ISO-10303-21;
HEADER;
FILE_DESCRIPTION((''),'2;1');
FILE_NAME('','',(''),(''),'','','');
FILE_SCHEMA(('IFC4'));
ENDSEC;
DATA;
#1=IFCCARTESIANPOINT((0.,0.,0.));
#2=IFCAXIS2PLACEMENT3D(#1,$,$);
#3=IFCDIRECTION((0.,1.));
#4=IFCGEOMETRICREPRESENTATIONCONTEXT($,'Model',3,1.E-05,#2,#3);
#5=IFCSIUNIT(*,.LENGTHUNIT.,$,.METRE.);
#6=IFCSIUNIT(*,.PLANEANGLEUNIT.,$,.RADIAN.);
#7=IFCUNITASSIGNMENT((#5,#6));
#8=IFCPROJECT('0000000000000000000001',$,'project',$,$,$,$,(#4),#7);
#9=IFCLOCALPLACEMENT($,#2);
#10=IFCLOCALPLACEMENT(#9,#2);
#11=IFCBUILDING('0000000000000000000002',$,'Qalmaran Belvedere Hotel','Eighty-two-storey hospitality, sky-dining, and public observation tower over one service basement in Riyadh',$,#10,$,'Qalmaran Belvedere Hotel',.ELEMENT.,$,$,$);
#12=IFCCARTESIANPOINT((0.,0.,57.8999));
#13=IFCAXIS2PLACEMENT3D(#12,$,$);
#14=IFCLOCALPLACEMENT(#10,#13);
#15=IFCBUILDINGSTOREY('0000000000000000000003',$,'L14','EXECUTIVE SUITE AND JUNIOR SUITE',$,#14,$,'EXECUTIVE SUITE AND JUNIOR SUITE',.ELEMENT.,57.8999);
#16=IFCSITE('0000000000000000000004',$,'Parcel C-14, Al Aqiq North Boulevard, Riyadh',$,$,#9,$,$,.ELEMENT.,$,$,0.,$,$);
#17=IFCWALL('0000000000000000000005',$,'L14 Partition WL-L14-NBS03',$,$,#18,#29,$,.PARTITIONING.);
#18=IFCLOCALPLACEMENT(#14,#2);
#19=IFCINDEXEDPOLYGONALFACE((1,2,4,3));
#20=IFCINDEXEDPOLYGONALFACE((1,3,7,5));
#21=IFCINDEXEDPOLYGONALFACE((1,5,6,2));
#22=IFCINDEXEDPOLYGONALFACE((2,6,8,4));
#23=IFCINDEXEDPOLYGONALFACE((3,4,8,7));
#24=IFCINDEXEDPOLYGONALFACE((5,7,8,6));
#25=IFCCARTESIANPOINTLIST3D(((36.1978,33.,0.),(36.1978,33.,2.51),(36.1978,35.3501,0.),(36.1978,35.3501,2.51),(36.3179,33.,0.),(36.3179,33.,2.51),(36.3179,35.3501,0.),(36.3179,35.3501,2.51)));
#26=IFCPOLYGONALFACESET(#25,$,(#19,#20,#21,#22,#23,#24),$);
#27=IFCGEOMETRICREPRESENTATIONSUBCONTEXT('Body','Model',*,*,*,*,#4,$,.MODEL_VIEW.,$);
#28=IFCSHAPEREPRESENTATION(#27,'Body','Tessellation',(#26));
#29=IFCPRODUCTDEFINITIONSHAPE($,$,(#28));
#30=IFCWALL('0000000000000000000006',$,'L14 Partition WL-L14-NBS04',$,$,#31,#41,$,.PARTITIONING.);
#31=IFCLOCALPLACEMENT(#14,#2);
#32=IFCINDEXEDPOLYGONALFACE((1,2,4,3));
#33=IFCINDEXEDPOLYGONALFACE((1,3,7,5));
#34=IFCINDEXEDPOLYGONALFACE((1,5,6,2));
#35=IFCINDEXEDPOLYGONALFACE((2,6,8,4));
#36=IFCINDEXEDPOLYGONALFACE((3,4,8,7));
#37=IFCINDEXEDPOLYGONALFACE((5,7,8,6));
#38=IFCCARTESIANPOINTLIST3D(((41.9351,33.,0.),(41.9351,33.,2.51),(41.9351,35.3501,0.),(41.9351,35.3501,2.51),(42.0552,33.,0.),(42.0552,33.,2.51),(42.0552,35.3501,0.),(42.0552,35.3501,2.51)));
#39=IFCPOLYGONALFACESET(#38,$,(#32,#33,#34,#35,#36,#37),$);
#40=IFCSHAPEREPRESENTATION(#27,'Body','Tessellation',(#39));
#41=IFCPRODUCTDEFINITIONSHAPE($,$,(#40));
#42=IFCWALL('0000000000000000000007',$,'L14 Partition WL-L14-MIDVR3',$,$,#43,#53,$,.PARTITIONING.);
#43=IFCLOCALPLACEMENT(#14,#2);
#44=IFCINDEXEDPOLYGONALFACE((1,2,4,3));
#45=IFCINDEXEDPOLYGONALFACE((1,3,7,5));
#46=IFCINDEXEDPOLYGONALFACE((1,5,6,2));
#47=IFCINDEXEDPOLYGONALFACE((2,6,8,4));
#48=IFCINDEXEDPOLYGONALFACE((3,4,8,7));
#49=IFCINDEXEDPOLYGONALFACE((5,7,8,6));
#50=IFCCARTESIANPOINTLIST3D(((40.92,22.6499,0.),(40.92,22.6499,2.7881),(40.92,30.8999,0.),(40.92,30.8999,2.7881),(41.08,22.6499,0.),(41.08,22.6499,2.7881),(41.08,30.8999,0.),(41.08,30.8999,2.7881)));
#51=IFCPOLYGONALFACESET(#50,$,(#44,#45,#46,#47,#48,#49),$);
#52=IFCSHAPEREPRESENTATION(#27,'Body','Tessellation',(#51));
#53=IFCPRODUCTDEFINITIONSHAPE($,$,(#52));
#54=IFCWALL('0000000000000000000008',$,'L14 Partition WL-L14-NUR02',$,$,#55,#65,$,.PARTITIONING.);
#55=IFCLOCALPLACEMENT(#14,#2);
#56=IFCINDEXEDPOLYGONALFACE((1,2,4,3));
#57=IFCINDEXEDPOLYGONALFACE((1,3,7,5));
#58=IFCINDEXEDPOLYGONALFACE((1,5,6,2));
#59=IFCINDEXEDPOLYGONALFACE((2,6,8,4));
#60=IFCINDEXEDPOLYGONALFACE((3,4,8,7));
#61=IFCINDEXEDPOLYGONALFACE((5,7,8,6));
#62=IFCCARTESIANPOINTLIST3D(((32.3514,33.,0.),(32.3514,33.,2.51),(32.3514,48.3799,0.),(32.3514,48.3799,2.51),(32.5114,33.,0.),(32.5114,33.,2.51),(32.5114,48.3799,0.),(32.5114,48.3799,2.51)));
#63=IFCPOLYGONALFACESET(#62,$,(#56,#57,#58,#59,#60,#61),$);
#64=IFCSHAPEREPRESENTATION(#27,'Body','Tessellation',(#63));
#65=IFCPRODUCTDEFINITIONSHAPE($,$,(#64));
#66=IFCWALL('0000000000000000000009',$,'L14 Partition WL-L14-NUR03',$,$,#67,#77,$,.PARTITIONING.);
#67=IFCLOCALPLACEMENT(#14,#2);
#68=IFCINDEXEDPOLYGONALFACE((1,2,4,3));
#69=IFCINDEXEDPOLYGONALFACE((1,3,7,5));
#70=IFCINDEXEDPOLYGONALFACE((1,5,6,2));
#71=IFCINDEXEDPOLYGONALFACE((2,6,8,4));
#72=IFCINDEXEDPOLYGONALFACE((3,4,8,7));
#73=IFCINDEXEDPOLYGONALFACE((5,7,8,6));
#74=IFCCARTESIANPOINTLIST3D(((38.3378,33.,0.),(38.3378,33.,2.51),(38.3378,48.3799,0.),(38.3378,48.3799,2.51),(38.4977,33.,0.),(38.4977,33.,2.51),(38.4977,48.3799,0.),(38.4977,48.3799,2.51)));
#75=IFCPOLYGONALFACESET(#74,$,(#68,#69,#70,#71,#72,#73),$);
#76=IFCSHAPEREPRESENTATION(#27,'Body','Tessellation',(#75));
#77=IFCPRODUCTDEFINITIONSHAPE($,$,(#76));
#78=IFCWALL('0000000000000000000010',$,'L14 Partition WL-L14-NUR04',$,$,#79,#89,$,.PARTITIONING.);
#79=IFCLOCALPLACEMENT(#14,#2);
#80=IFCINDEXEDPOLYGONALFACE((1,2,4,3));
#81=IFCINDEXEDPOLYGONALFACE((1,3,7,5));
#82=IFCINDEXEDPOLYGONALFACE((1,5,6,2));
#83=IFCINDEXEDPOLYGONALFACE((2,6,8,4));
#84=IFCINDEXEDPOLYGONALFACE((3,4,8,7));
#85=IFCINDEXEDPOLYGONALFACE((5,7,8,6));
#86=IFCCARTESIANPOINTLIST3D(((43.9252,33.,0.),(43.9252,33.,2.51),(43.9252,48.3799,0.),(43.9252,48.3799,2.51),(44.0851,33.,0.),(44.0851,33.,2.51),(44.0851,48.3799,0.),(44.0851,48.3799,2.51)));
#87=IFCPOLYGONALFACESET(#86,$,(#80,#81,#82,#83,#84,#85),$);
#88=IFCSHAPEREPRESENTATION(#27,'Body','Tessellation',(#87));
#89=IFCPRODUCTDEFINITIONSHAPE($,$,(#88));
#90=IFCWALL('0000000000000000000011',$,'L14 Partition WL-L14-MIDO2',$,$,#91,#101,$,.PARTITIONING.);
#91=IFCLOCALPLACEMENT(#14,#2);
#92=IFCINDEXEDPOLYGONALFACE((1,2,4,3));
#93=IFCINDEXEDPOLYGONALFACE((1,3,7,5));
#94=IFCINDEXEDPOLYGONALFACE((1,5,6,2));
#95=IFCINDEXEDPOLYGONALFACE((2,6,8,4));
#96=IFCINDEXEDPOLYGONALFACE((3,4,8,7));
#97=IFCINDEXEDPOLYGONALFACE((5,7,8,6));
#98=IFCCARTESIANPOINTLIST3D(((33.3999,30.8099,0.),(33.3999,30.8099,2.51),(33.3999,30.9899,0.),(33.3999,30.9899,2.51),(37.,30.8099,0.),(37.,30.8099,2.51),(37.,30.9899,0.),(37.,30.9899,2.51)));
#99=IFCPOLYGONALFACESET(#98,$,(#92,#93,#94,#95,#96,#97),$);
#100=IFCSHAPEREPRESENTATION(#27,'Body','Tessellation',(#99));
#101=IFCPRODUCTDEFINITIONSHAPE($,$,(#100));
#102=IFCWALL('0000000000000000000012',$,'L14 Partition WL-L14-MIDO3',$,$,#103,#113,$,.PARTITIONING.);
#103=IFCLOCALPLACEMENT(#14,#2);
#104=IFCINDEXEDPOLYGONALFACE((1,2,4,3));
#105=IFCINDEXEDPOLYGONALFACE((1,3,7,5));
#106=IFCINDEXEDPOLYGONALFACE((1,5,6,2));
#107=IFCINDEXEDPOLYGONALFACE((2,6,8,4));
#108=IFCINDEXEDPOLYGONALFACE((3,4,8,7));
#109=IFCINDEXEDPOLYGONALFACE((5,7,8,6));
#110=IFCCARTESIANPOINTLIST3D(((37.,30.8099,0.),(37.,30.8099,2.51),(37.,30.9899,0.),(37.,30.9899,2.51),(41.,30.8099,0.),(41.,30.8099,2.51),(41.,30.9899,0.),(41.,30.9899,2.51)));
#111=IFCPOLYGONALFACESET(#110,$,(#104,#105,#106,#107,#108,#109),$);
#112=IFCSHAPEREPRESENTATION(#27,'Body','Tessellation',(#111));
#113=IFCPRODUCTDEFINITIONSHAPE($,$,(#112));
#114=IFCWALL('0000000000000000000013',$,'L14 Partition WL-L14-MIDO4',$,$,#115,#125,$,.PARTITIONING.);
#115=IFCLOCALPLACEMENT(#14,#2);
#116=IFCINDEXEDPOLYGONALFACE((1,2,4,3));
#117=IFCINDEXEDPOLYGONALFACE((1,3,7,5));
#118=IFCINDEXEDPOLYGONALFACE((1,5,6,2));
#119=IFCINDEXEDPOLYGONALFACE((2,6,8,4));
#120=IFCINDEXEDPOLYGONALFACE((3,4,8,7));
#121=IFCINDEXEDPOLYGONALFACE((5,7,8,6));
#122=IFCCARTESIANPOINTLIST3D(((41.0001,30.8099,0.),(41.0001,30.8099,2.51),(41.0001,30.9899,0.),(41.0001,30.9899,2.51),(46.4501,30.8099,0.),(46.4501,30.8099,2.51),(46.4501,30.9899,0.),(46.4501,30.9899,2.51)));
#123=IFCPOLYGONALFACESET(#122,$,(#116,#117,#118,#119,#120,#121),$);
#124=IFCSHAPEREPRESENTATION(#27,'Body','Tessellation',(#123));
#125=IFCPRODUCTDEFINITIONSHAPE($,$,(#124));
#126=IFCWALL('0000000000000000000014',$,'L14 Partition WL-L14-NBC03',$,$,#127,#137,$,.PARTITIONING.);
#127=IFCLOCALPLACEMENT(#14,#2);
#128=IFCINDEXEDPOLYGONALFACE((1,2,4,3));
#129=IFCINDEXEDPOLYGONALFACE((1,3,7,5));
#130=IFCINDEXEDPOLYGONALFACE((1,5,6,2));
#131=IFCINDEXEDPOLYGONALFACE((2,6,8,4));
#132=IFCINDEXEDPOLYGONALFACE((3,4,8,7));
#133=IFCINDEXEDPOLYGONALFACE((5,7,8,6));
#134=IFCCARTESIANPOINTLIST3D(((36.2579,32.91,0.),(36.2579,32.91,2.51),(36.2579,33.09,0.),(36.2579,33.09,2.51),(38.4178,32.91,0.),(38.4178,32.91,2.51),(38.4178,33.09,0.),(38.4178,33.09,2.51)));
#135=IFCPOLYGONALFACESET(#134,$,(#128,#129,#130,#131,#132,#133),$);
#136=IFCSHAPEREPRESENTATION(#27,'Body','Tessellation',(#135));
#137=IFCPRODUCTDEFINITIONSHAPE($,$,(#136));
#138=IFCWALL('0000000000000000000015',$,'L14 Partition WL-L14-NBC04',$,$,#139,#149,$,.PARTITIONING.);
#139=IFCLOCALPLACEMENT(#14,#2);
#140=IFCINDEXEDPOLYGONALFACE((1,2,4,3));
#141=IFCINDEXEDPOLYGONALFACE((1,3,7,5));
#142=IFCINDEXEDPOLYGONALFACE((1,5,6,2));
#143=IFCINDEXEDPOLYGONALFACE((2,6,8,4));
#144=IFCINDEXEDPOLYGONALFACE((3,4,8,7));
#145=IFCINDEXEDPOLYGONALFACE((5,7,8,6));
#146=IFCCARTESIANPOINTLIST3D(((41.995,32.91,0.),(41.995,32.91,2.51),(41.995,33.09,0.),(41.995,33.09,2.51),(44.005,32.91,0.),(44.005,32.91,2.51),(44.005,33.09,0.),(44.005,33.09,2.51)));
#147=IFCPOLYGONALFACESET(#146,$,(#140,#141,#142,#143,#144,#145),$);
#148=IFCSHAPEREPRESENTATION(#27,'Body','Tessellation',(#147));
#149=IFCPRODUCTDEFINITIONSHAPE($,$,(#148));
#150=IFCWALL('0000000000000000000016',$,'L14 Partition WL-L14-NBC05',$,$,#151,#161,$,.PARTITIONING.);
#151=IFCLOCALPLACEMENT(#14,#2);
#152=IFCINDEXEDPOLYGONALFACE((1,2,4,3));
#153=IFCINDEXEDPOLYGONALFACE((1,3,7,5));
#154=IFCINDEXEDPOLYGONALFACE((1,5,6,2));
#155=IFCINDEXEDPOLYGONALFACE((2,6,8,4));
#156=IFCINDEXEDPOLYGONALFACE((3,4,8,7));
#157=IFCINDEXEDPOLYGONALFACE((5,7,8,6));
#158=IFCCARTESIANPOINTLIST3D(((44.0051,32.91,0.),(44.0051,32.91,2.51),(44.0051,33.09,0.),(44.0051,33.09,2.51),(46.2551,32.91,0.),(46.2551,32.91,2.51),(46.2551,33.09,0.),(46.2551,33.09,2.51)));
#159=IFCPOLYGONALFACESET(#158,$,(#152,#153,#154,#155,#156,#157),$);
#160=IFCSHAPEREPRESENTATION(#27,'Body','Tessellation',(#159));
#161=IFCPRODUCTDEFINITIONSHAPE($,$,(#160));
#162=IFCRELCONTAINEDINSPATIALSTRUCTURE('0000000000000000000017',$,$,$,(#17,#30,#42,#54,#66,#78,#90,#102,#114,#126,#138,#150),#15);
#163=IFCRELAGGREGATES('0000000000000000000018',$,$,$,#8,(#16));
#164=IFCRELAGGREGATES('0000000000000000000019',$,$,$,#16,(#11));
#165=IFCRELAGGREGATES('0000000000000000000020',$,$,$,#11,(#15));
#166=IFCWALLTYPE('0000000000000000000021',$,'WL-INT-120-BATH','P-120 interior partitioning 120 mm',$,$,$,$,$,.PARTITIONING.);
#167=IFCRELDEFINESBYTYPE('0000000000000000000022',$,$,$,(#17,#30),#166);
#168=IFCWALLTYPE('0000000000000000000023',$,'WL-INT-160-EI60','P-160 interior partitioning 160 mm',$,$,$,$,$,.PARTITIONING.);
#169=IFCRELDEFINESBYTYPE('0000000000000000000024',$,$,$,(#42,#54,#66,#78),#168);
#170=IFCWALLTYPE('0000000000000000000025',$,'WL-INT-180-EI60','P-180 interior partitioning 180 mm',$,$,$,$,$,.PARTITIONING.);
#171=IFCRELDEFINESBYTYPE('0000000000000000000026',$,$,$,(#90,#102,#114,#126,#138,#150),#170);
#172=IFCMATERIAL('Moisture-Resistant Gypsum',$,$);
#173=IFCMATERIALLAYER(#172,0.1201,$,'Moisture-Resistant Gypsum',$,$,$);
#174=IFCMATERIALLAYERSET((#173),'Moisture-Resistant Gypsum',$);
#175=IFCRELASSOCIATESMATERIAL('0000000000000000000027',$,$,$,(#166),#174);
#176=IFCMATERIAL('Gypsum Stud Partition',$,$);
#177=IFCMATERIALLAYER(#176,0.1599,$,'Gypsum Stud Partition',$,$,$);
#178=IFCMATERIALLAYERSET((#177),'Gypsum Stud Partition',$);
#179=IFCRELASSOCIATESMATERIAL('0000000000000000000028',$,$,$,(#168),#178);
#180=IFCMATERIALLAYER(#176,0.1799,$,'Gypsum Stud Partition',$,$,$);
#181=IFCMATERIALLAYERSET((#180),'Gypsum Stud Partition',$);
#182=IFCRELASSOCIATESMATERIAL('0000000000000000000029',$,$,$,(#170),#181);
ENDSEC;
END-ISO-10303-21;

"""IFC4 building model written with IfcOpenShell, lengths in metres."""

from ifc_helpers import new_model, si_unit, direction, frame, frame_2d, origin, place, context, subcontext, project, spatial, rectangle, extrude, material, layer, layer_set, type_object, element, save


model = new_model("IFC4")

# Units and contexts
model_context = context("Model", 3, precision=1e-05, world=origin(), true_north=direction((0.0, 1.0)))
body_context = subcontext(model_context, "Body", "Model", "MODEL_VIEW")
ifc_project = project(units=[si_unit("LENGTHUNIT", "METRE"), si_unit("PLANEANGLEUNIT", "RADIAN")], contexts=[model_context])

# Site, building, storey
site_placement = place(None, origin())
site = spatial("IfcSite", under=ifc_project, at=site_placement, Name="Parcel C-14, Al Aqiq North Boulevard, Riyadh", CompositionType="ELEMENT", RefElevation=0.0)
building_placement = place(site_placement, origin())
building = spatial("IfcBuilding", under=site, at=building_placement, Name="Qalmaran Belvedere Hotel", Description="Eighty-two-storey hospitality, sky-dining, and public observation tower over one service basement in Riyadh", LongName="Qalmaran Belvedere Hotel", CompositionType="ELEMENT")
storey_placement = place(building_placement, frame((0.0, 0.0, 57.8999)))
storey = spatial("IfcBuildingStorey", under=building, at=storey_placement, Name="L14", Description="EXECUTIVE SUITE AND JUNIOR SUITE", LongName="EXECUTIVE SUITE AND JUNIOR SUITE", CompositionType="ELEMENT", Elevation=57.8999)

# Walls
ifc_material_1 = material(Name="Moisture-Resistant Gypsum")
ifc_layer_1 = layer(ifc_material_1, 0.1201, Name="Moisture-Resistant Gypsum")
ifc_layer_set_1 = layer_set([ifc_layer_1], Name="Moisture-Resistant Gypsum")
wall_type_1 = type_object("IfcWallType", Name="WL-INT-120-BATH", Description="P-120 interior partitioning 120 mm", PredefinedType="PARTITIONING", material=ifc_layer_set_1)
for number, where, z_axis, x_axis, name in (
    (1, (36.2578, 33.0, 0.0), (0.0, 0.0, 1.0), (0.0, 1.0, 0.0), "L14 Partition WL-L14-NBS03"),
    (2, (41.9951, 33.0, 0.0), (0.0, 0.0, 1.0), (0.0, 1.0, 0.0), "L14 Partition WL-L14-NBS04"),
):
    element("IfcWall", number, at=place(storey_placement, frame(where, z_axis=z_axis, x_axis=x_axis)), inside=storey, type_object=wall_type_1, Name=name, PredefinedType="PARTITIONING", context=body_context, shape_type="SweptSolid", body=[
        extrude(rectangle(XDim=2.3501, YDim=0.1201, at=frame_2d((1.175, 0.0))), origin(), (0.0, 0.0, 1.0), 2.51),
    ])
ifc_material_2 = material(Name="Gypsum Stud Partition")
ifc_layer_2 = layer(ifc_material_2, 0.1599, Name="Gypsum Stud Partition")
ifc_layer_set_2 = layer_set([ifc_layer_2], Name="Gypsum Stud Partition")
wall_type_2 = type_object("IfcWallType", Name="WL-INT-160-EI60", Description="P-160 interior partitioning 160 mm", PredefinedType="PARTITIONING", material=ifc_layer_set_2)
wall_1_placement = place(storey_placement, frame((41.0, 22.6499, 0.0), z_axis=(0.0, 0.0, 1.0), x_axis=(0.0, 1.0, 0.0)))
element("IfcWall", 3, at=wall_1_placement, inside=storey, type_object=wall_type_2, Name="L14 Partition WL-L14-MIDVR3", PredefinedType="PARTITIONING", context=body_context, shape_type="SweptSolid", body=[
    extrude(rectangle(XDim=8.25, YDim=0.1599, at=frame_2d((4.125, 0.0))), origin(), (0.0, 0.0, 1.0), 2.7881),
])
for number, where, z_axis, x_axis, name in (
    (4, (32.4314, 33.0, 0.0), (0.0, 0.0, 1.0), (0.0, 1.0, 0.0), "L14 Partition WL-L14-NUR02"),
    (5, (38.4177, 33.0, 0.0), (0.0, 0.0, 1.0), (0.0, 1.0, 0.0), "L14 Partition WL-L14-NUR03"),
    (6, (44.0051, 33.0, 0.0), (0.0, 0.0, 1.0), (0.0, 1.0, 0.0), "L14 Partition WL-L14-NUR04"),
):
    element("IfcWall", number, at=place(storey_placement, frame(where, z_axis=z_axis, x_axis=x_axis)), inside=storey, type_object=wall_type_2, Name=name, PredefinedType="PARTITIONING", context=body_context, shape_type="SweptSolid", body=[
        extrude(rectangle(XDim=15.3799, YDim=0.1599, at=frame_2d((7.6899, 0.0))), origin(), (0.0, 0.0, 1.0), 2.51),
    ])
ifc_layer_3 = layer(ifc_material_2, 0.1799, Name="Gypsum Stud Partition")
ifc_layer_set_3 = layer_set([ifc_layer_3], Name="Gypsum Stud Partition")
wall_type_3 = type_object("IfcWallType", Name="WL-INT-180-EI60", Description="P-180 interior partitioning 180 mm", PredefinedType="PARTITIONING", material=ifc_layer_set_3)
wall_2_placement = place(storey_placement, frame((33.3999, 30.8999, 0.0), z_axis=(0.0, 0.0, 1.0), x_axis=(1.0, 0.0, 0.0)))
element("IfcWall", 7, at=wall_2_placement, inside=storey, type_object=wall_type_3, Name="L14 Partition WL-L14-MIDO2", PredefinedType="PARTITIONING", context=body_context, shape_type="SweptSolid", body=[
    extrude(rectangle(XDim=3.6001, YDim=0.1799, at=frame_2d((1.8, 0.0))), origin(), (0.0, 0.0, 1.0), 2.51),
])
wall_3_placement = place(storey_placement, frame((37.0, 30.8999, 0.0), z_axis=(0.0, 0.0, 1.0), x_axis=(1.0, 0.0, 0.0)))
element("IfcWall", 8, at=wall_3_placement, inside=storey, type_object=wall_type_3, Name="L14 Partition WL-L14-MIDO3", PredefinedType="PARTITIONING", context=body_context, shape_type="SweptSolid", body=[
    extrude(rectangle(XDim=4.0, YDim=0.1799, at=frame_2d((2.0, 0.0))), origin(), (0.0, 0.0, 1.0), 2.51),
])

# Walls
wall_4_placement = place(storey_placement, frame((41.0, 30.8999, 0.0), z_axis=(0.0, 0.0, 1.0), x_axis=(1.0, 0.0, 0.0)))
element("IfcWall", 9, at=wall_4_placement, inside=storey, type_object=wall_type_3, Name="L14 Partition WL-L14-MIDO4", PredefinedType="PARTITIONING", context=body_context, shape_type="SweptSolid", body=[
    extrude(rectangle(XDim=5.45, YDim=0.1799, at=frame_2d((2.7251, 0.0))), origin(), (0.0, 0.0, 1.0), 2.51),
])
wall_5_placement = place(storey_placement, frame((36.2578, 33.0, 0.0), z_axis=(0.0, 0.0, 1.0), x_axis=(1.0, 0.0, 0.0)))
element("IfcWall", 10, at=wall_5_placement, inside=storey, type_object=wall_type_3, Name="L14 Partition WL-L14-NBC03", PredefinedType="PARTITIONING", context=body_context, shape_type="SweptSolid", body=[
    extrude(rectangle(XDim=2.1599, YDim=0.1799, at=frame_2d((1.0801, 0.0))), origin(), (0.0, 0.0, 1.0), 2.51),
])

# Wall
wall_6_placement = place(storey_placement, frame((41.9951, 33.0, 0.0), z_axis=(0.0, 0.0, 1.0), x_axis=(1.0, 0.0, 0.0)))
element("IfcWall", 11, at=wall_6_placement, inside=storey, type_object=wall_type_3, Name="L14 Partition WL-L14-NBC04", PredefinedType="PARTITIONING", context=body_context, shape_type="SweptSolid", body=[
    extrude(rectangle(XDim=2.01, YDim=0.1799, at=frame_2d((1.0049, 0.0))), origin(), (0.0, 0.0, 1.0), 2.51),
])

# Wall
wall_7_placement = place(storey_placement, frame((44.0051, 33.0, 0.0), z_axis=(0.0, 0.0, 1.0), x_axis=(1.0, 0.0, 0.0)))
element("IfcWall", 12, at=wall_7_placement, inside=storey, type_object=wall_type_3, Name="L14 Partition WL-L14-NBC05", PredefinedType="PARTITIONING", context=body_context, shape_type="SweptSolid", body=[
    extrude(rectangle(XDim=2.25, YDim=0.1799, at=frame_2d((1.125, 0.0))), origin(), (0.0, 0.0, 1.0), 2.51),
])

save(model, "model.ifc")
